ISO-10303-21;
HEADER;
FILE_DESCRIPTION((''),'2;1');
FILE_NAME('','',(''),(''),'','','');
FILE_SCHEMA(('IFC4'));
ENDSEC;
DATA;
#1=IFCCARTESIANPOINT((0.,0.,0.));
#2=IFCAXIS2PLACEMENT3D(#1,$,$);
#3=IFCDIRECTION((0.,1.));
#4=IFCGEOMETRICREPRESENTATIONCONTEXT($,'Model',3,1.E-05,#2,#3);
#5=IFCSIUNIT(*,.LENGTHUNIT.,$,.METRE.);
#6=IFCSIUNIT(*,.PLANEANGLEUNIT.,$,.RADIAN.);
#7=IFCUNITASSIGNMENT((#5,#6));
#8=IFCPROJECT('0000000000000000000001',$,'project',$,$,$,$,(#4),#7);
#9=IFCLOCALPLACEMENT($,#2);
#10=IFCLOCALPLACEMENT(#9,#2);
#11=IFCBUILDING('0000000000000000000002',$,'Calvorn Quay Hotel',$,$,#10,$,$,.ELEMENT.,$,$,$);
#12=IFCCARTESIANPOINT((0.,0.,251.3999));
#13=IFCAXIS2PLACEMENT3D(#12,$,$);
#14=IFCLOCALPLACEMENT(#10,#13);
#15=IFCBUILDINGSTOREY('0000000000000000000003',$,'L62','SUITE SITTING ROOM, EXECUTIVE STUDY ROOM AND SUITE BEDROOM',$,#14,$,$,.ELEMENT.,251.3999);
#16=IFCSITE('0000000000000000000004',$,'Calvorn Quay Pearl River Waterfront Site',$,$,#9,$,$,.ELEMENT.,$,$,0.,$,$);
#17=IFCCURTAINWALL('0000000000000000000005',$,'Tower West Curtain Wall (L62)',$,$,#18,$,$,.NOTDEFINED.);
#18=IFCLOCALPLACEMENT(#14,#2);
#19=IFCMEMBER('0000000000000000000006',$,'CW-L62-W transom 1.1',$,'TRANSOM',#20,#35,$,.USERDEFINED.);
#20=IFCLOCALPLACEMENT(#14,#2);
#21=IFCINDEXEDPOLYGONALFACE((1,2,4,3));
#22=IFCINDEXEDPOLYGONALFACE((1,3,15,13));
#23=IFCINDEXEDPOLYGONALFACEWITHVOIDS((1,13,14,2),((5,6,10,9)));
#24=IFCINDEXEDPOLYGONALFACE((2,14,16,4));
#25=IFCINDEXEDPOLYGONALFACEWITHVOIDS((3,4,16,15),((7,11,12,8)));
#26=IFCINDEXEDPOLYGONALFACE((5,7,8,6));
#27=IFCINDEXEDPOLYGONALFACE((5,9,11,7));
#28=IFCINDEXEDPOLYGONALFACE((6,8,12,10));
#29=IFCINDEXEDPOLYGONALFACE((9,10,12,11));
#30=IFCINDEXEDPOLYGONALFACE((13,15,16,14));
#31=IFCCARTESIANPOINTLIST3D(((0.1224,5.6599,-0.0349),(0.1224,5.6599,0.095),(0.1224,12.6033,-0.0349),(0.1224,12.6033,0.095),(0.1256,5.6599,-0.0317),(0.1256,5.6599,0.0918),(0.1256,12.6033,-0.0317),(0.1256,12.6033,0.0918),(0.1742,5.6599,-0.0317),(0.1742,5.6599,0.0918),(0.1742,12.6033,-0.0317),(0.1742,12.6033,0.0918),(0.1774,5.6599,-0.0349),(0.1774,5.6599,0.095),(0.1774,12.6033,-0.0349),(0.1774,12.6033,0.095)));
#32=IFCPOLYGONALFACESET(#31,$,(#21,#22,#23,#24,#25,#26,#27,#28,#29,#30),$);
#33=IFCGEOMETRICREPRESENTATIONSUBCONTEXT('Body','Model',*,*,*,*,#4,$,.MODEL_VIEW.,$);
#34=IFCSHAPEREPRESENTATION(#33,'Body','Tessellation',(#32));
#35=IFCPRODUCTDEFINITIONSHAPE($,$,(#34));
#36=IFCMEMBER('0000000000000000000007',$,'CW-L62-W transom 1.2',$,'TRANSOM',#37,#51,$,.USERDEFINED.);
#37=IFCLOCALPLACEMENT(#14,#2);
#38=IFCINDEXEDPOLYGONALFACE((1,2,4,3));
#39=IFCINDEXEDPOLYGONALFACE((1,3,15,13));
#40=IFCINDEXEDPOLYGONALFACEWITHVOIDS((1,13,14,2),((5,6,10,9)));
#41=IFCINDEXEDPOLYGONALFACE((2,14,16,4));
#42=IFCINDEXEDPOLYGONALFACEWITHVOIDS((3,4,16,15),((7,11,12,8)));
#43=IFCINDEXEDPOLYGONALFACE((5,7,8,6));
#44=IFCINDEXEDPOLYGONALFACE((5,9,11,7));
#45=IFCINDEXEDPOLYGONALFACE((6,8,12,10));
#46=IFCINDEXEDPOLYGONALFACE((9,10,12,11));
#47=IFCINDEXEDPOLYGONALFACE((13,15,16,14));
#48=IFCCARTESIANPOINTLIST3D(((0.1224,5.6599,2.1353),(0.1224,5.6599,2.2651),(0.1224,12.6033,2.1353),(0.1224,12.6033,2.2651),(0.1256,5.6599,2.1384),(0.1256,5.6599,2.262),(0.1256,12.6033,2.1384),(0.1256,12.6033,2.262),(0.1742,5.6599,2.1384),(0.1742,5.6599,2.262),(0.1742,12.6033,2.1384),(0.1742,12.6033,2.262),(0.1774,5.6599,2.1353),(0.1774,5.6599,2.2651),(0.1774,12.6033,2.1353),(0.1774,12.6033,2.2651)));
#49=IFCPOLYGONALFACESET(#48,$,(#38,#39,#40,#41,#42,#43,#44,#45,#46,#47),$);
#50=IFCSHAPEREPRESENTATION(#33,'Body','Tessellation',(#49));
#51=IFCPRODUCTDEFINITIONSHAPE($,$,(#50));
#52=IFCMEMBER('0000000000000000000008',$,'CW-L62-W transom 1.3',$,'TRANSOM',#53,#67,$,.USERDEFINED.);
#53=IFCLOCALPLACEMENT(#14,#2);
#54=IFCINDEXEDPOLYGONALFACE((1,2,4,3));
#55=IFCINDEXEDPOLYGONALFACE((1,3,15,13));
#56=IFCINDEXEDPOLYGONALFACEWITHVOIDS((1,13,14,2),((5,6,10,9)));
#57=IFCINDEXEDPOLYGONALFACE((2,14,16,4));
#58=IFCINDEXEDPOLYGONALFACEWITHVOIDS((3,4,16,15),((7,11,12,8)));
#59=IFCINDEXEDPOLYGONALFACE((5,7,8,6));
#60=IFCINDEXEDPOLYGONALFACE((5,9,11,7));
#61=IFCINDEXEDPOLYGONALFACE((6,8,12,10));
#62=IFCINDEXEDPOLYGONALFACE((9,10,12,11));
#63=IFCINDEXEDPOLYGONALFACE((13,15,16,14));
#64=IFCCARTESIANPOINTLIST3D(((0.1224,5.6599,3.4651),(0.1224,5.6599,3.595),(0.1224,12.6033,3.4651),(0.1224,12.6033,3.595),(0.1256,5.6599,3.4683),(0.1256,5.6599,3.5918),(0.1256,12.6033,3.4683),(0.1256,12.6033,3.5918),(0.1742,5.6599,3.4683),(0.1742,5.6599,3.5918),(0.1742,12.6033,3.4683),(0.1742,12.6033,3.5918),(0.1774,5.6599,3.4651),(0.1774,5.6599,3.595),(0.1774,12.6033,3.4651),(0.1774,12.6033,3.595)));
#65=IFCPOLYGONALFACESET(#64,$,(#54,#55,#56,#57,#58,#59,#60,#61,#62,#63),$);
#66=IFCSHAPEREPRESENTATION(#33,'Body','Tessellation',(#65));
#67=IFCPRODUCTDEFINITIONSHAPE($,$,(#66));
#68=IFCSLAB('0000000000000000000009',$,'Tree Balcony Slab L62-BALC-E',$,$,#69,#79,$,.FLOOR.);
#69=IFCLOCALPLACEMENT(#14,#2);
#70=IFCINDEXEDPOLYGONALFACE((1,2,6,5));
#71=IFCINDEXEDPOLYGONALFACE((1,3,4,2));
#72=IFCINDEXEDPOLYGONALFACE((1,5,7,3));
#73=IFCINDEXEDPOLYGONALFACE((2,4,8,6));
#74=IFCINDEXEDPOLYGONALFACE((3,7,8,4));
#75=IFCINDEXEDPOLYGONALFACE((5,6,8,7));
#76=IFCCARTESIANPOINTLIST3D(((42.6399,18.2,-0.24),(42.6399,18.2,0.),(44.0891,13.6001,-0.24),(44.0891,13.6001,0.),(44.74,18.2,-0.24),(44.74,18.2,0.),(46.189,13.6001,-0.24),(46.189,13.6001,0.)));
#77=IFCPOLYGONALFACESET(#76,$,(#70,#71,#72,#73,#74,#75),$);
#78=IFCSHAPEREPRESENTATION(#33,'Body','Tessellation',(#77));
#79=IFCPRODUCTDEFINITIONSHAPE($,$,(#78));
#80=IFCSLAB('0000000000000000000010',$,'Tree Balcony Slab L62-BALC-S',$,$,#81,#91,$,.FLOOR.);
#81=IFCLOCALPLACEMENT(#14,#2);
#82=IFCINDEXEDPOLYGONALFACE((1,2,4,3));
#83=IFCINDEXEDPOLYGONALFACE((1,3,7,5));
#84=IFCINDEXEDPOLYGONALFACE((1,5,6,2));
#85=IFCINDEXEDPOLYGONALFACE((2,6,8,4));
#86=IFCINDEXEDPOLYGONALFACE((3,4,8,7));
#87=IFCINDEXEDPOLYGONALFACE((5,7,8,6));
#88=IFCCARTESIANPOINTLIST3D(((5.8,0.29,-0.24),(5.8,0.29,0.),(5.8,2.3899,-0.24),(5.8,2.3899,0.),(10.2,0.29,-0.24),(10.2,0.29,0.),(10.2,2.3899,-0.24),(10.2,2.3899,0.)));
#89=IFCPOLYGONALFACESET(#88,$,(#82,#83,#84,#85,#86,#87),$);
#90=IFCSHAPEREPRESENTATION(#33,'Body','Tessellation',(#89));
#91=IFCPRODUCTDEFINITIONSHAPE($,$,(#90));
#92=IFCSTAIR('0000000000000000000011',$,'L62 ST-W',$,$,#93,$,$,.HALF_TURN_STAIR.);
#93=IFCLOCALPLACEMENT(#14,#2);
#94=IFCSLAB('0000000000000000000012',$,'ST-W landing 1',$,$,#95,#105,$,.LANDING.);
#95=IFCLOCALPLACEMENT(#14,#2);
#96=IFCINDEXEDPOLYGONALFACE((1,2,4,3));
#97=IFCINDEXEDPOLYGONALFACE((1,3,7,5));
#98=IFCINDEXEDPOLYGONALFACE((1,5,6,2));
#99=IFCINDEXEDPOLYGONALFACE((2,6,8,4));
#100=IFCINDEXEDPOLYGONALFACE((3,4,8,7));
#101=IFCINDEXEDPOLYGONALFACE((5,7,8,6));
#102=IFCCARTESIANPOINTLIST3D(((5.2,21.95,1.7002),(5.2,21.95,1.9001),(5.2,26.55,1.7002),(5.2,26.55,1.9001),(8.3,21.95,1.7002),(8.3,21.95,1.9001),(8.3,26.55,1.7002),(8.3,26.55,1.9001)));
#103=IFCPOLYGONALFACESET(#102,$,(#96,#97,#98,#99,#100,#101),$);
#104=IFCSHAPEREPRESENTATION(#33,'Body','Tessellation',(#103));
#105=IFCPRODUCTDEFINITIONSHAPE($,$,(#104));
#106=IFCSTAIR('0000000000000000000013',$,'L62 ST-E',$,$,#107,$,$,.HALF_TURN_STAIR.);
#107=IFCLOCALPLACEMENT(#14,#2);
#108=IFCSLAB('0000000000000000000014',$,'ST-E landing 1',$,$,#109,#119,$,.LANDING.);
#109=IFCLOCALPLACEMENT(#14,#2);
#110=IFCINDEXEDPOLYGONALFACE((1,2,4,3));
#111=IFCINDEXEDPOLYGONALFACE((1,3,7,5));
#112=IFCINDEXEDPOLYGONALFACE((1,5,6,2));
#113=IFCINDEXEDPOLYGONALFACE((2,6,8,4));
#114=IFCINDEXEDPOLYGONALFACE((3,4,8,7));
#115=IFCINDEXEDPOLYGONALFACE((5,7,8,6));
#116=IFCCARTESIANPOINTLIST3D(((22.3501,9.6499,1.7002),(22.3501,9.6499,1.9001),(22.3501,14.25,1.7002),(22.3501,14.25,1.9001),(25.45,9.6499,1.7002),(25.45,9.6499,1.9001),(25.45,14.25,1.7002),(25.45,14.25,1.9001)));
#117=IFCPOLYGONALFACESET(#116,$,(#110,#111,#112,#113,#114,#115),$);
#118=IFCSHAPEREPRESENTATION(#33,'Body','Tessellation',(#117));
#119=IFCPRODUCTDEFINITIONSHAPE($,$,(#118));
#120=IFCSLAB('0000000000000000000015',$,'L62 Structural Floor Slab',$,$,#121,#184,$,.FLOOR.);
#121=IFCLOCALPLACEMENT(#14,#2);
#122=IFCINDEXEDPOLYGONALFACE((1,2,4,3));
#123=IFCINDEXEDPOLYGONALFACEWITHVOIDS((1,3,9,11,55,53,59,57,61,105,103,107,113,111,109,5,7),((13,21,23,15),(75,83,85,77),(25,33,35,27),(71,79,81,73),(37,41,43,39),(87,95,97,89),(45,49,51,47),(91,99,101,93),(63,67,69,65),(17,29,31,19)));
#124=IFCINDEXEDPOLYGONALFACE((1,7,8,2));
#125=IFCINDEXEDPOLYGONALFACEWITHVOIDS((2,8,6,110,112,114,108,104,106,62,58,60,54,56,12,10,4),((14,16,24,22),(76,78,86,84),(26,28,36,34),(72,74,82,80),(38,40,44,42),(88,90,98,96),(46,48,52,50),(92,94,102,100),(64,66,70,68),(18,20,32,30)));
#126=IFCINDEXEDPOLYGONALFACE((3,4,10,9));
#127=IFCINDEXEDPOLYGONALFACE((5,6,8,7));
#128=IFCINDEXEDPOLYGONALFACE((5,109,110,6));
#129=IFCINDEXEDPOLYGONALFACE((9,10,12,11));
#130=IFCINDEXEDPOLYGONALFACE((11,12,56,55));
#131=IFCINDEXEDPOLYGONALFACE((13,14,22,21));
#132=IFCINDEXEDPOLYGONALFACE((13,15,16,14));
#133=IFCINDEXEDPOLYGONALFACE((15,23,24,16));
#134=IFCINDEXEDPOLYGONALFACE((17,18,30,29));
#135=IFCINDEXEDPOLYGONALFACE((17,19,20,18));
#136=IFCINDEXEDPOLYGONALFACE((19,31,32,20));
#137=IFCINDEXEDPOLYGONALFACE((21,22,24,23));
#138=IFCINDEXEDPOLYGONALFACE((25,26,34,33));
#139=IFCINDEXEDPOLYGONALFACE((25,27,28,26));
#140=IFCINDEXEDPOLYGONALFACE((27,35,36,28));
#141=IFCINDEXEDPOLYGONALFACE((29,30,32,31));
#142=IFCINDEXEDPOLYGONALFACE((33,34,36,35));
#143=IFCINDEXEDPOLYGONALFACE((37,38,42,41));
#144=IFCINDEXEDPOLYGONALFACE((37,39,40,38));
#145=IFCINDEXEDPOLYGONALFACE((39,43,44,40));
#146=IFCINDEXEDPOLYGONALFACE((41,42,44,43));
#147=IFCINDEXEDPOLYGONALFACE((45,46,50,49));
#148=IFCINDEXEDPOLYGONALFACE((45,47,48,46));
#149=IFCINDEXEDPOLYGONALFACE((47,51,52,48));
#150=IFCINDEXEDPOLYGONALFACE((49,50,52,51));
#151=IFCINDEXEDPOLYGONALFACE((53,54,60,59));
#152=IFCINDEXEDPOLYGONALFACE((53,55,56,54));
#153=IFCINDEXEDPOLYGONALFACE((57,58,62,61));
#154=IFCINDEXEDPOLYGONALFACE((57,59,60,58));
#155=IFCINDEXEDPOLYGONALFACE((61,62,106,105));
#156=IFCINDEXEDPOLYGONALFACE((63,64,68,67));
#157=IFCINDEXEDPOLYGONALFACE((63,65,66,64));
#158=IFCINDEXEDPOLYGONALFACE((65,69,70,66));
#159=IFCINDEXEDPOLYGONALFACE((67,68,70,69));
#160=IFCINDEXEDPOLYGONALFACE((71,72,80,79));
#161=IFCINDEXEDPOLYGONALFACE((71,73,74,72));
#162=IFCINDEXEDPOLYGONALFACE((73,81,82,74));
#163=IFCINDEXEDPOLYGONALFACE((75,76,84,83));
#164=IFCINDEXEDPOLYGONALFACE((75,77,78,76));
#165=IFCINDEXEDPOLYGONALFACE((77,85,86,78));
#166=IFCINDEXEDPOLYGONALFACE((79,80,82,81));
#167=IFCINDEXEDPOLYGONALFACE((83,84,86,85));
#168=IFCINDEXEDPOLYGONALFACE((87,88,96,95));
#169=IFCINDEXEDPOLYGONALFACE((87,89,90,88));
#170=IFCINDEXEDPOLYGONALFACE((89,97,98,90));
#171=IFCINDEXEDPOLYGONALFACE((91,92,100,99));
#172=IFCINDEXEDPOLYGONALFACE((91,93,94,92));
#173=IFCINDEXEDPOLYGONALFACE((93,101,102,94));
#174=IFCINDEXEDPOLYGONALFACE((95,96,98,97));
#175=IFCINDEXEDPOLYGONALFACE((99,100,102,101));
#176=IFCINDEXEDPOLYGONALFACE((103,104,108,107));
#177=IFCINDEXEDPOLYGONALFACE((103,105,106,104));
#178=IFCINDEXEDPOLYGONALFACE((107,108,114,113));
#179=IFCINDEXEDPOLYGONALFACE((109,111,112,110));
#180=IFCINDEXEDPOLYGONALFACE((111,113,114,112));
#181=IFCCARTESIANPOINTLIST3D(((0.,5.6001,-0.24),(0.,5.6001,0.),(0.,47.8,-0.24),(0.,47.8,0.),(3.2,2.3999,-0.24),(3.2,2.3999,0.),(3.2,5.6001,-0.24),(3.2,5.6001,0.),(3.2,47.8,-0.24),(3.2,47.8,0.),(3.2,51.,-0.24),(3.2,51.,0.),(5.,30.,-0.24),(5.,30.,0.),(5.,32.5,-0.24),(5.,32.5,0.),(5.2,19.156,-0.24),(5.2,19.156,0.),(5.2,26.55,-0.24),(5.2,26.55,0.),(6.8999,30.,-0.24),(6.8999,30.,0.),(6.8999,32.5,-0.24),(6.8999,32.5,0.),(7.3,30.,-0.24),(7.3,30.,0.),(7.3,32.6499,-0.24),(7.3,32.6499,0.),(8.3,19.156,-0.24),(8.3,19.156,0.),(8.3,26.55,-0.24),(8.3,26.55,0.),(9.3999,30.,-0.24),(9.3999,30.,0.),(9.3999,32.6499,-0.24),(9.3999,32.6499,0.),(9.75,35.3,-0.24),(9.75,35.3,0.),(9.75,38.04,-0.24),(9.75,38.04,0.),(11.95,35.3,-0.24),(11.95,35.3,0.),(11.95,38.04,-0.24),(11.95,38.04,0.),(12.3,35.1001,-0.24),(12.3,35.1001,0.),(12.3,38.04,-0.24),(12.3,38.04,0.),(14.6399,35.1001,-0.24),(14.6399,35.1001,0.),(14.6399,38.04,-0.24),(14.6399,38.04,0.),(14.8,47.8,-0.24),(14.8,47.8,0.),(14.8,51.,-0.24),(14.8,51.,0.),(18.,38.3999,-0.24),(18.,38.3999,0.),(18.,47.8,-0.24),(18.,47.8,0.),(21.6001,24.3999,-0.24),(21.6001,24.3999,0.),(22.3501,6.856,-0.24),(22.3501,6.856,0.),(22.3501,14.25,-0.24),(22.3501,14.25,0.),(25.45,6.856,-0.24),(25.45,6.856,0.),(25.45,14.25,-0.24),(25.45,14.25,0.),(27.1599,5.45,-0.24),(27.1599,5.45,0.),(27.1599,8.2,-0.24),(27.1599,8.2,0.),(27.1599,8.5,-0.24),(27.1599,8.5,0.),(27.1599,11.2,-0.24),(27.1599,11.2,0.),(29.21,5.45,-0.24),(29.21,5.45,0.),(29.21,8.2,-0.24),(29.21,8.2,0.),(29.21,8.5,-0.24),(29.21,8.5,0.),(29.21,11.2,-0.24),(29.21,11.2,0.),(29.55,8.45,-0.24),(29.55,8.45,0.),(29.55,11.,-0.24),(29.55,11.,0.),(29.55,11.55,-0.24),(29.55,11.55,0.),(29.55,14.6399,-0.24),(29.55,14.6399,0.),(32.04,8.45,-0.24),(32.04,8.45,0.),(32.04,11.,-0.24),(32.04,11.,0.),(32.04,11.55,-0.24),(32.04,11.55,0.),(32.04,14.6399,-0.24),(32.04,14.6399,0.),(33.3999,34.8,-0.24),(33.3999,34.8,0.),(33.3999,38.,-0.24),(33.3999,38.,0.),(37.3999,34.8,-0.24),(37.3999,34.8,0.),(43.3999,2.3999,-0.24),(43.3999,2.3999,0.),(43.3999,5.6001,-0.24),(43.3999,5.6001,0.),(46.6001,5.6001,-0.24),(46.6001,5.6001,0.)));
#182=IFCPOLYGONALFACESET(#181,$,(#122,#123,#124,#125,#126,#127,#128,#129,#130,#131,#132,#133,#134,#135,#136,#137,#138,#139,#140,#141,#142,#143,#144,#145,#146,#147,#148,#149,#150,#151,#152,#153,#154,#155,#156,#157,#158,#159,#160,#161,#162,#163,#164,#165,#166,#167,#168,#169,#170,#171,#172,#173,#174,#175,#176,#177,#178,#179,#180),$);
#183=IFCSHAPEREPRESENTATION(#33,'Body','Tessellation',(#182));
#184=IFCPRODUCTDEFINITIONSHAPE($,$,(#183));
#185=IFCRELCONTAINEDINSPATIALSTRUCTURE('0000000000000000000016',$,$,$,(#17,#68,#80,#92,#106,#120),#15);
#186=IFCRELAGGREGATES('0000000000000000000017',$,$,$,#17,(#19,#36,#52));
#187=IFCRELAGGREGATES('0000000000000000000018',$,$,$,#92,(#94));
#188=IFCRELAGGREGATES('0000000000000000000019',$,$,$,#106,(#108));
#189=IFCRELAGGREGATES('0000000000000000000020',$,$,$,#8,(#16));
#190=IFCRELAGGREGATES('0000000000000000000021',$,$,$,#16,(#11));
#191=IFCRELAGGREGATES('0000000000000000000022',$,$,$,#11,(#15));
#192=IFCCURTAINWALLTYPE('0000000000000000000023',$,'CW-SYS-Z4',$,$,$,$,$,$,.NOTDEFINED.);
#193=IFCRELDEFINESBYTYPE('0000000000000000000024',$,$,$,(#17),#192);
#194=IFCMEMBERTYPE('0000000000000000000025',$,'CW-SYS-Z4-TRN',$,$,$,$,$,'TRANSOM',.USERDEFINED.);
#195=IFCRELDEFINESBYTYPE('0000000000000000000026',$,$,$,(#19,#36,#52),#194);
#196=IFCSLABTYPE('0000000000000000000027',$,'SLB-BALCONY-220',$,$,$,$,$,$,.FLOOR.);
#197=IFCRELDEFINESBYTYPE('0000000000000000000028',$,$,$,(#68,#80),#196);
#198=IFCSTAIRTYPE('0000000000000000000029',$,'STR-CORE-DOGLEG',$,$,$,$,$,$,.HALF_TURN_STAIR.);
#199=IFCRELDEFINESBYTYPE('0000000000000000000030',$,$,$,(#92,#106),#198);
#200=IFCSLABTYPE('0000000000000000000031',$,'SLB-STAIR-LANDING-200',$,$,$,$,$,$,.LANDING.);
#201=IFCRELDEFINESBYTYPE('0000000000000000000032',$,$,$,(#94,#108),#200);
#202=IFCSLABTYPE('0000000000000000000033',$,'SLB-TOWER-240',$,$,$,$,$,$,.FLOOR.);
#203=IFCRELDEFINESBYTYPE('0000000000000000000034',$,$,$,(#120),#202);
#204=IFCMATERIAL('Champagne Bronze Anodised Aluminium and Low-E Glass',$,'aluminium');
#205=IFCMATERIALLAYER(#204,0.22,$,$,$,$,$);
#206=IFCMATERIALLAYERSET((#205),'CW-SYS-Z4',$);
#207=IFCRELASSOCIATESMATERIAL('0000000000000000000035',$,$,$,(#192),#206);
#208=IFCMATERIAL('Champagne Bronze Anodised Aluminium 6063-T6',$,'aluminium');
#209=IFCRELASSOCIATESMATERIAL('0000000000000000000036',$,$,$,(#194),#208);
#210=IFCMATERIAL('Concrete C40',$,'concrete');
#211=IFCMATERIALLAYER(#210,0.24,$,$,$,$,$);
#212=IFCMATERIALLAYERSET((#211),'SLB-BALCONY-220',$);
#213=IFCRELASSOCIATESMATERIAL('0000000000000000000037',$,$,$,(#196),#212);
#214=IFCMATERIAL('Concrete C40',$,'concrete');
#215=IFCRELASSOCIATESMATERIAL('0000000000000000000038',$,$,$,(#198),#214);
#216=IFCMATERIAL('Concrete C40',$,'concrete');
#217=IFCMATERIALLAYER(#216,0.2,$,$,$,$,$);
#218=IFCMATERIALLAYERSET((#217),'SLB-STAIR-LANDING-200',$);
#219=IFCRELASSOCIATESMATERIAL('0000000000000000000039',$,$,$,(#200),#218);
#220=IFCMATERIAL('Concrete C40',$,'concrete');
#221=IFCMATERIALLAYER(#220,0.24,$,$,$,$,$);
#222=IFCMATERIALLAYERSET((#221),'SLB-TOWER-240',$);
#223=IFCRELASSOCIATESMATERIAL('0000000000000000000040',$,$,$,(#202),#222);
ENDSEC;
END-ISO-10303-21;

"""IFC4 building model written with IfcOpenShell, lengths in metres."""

from ifc_helpers import new_model, si_unit, direction, frame, origin, origin_2d, place, context, subcontext, project, spatial, polyline, hollow_rectangle, outline, extrude, material, layer, layer_set, material_profile, profile_set, type_object, element, aggregate, save


model = new_model("IFC4")

# Units and contexts
model_context = context("Model", 3, precision=1e-05, world=origin(), true_north=direction((0.0, 1.0)))
body_context = subcontext(model_context, "Body", "Model", "MODEL_VIEW")
ifc_project = project(units=[si_unit("LENGTHUNIT", "METRE"), si_unit("PLANEANGLEUNIT", "RADIAN")], contexts=[model_context])

# Site, building, storey
site_placement = place(None, origin())
site = spatial("IfcSite", under=ifc_project, at=site_placement, Name="Calvorn Quay Pearl River Waterfront Site", CompositionType="ELEMENT", RefElevation=0.0)
building_placement = place(site_placement, origin())
building = spatial("IfcBuilding", under=site, at=building_placement, Name="Calvorn Quay Hotel", CompositionType="ELEMENT")
storey_placement = place(building_placement, frame((0.0, 0.0, 251.3999)))
storey = spatial("IfcBuildingStorey", under=building, at=storey_placement, Name="L62", Description="SUITE SITTING ROOM, EXECUTIVE STUDY ROOM AND SUITE BEDROOM", CompositionType="ELEMENT", Elevation=251.3999)

# Curtain wall, members
ifc_material_1 = material(Name="Champagne Bronze Anodised Aluminium and Low-E Glass", Category="aluminium")
ifc_layer_1 = layer(ifc_material_1, 0.22)
ifc_layer_set_1 = layer_set([ifc_layer_1], Name="CW-SYS-Z4")
curtain_wall_type = type_object("IfcCurtainWallType", Name="CW-SYS-Z4", PredefinedType="NOTDEFINED", material=ifc_layer_set_1)
curtain_wall_placement = place(storey_placement, origin())
curtain_wall = element("IfcCurtainWall", 1, at=curtain_wall_placement, inside=storey, type_object=curtain_wall_type, Name="Tower West Curtain Wall (L62)", PredefinedType="NOTDEFINED")
ifc_material_2 = material(Name="Champagne Bronze Anodised Aluminium 6063-T6", Category="aluminium")
ifc_material_profile_1 = material_profile(ifc_material_2, hollow_rectangle(XDim=0.0549, YDim=0.1299, WallThickness=0.0032, at=origin_2d()), Name="ALU-T130x55x3.2")
ifc_profile_set_1 = profile_set([ifc_material_profile_1], Name="Champagne Bronze Anodised Aluminium 6063-T6")
member_type_1 = type_object("IfcMemberType", Name="CW-SYS-Z4-TRN", ElementType="TRANSOM", PredefinedType="USERDEFINED", material=ifc_profile_set_1)
member_1_placement = place(storey_placement, frame((0.1499, 5.6599, 0.03), z_axis=(0.0, 1.0, 0.0), x_axis=(-1.0, 0.0, 0.0)))
member_1 = element("IfcMember", 2, at=member_1_placement, type_object=member_type_1, Name="CW-L62-W transom 1.1", ObjectType="TRANSOM", PredefinedType="USERDEFINED", context=body_context, shape_type="SweptSolid", body=[
    extrude(hollow_rectangle(XDim=0.0549, YDim=0.1299, WallThickness=0.0032, at=origin_2d()), origin(), (0.0, 0.0, 1.0), 6.9434),
])
member_2_placement = place(storey_placement, frame((0.1499, 5.6599, 2.2002), z_axis=(0.0, 1.0, 0.0), x_axis=(-1.0, 0.0, 0.0)))
member_2 = element("IfcMember", 3, at=member_2_placement, type_object=member_type_1, Name="CW-L62-W transom 1.2", ObjectType="TRANSOM", PredefinedType="USERDEFINED", context=body_context, shape_type="SweptSolid", body=[
    extrude(hollow_rectangle(XDim=0.0549, YDim=0.1299, WallThickness=0.0032, at=origin_2d()), origin(), (0.0, 0.0, 1.0), 6.9434),
])
member_3_placement = place(storey_placement, frame((0.1499, 5.6599, 3.53), z_axis=(0.0, 1.0, 0.0), x_axis=(-1.0, 0.0, 0.0)))
member_3 = element("IfcMember", 4, at=member_3_placement, type_object=member_type_1, Name="CW-L62-W transom 1.3", ObjectType="TRANSOM", PredefinedType="USERDEFINED", context=body_context, shape_type="SweptSolid", body=[
    extrude(hollow_rectangle(XDim=0.0549, YDim=0.1299, WallThickness=0.0032, at=origin_2d()), origin(), (0.0, 0.0, 1.0), 6.9434),
])
aggregate(curtain_wall, [member_1, member_2, member_3])

# Slabs
ifc_material_3 = material(Name="Concrete C40", Category="concrete")
ifc_layer_2 = layer(ifc_material_3, 0.24)
ifc_layer_set_2 = layer_set([ifc_layer_2], Name="SLB-BALCONY-220")
slab_type_1 = type_object("IfcSlabType", Name="SLB-BALCONY-220", PredefinedType="FLOOR", material=ifc_layer_set_2)
slab_1_placement = place(storey_placement, frame((0.0, 0.0, -0.24)))
element("IfcSlab", 5, at=slab_1_placement, inside=storey, type_object=slab_type_1, Name="Tree Balcony Slab L62-BALC-E", PredefinedType="FLOOR", context=body_context, shape_type="SweptSolid", body=[
    extrude(outline(polyline([(44.0891, 13.6001), (46.189, 13.6001), (44.74, 18.2), (42.6399, 18.2), (44.0891, 13.6001)])), origin(), (0.0, 0.0, 1.0), 0.24),
])
slab_2_placement = place(storey_placement, frame((0.0, 0.0, -0.24)))
element("IfcSlab", 6, at=slab_2_placement, inside=storey, type_object=slab_type_1, Name="Tree Balcony Slab L62-BALC-S", PredefinedType="FLOOR", context=body_context, shape_type="SweptSolid", body=[
    extrude(outline(polyline([(5.8, 0.29), (10.2, 0.29), (10.2, 2.3899), (5.8, 2.3899), (5.8, 0.29)])), origin(), (0.0, 0.0, 1.0), 0.24),
])

# Stairs, slabs
ifc_material_4 = material(Name="Concrete C40", Category="concrete")
stair_type = type_object("IfcStairType", Name="STR-CORE-DOGLEG", PredefinedType="HALF_TURN_STAIR", material=ifc_material_4)
stair_1_placement = place(storey_placement, origin())
stair_1 = element("IfcStair", 7, at=stair_1_placement, inside=storey, type_object=stair_type, Name="L62 ST-W", PredefinedType="HALF_TURN_STAIR")
ifc_material_5 = material(Name="Concrete C40", Category="concrete")
ifc_layer_3 = layer(ifc_material_5, 0.2)
ifc_layer_set_3 = layer_set([ifc_layer_3], Name="SLB-STAIR-LANDING-200")
slab_type_2 = type_object("IfcSlabType", Name="SLB-STAIR-LANDING-200", PredefinedType="LANDING", material=ifc_layer_set_3)
slab_3_placement = place(storey_placement, frame((0.0, 0.0, 1.7002)))
slab_3 = element("IfcSlab", 8, at=slab_3_placement, type_object=slab_type_2, Name="ST-W landing 1", PredefinedType="LANDING", context=body_context, shape_type="SweptSolid", body=[
    extrude(outline(polyline([(8.3, 21.95), (8.3, 26.55), (5.2, 26.55), (5.2, 21.95), (8.3, 21.95)])), origin(), (0.0, 0.0, 1.0), 0.2),
])
aggregate(stair_1, [slab_3])
stair_2_placement = place(storey_placement, origin())
stair_2 = element("IfcStair", 9, at=stair_2_placement, inside=storey, type_object=stair_type, Name="L62 ST-E", PredefinedType="HALF_TURN_STAIR")
slab_4_placement = place(storey_placement, frame((0.0, 0.0, 1.7002)))
slab_4 = element("IfcSlab", 10, at=slab_4_placement, type_object=slab_type_2, Name="ST-E landing 1", PredefinedType="LANDING", context=body_context, shape_type="SweptSolid", body=[
    extrude(outline(polyline([(25.45, 9.6499), (25.45, 14.25), (22.3501, 14.25), (22.3501, 9.6499), (25.45, 9.6499)])), origin(), (0.0, 0.0, 1.0), 0.2),
])
aggregate(stair_2, [slab_4])

# Slab
ifc_material_6 = material(Name="Concrete C40", Category="concrete")
ifc_layer_4 = layer(ifc_material_6, 0.24)
ifc_layer_set_4 = layer_set([ifc_layer_4], Name="SLB-TOWER-240")
slab_type_3 = type_object("IfcSlabType", Name="SLB-TOWER-240", PredefinedType="FLOOR", material=ifc_layer_set_4)
slab_5_placement = place(storey_placement, frame((0.0, 0.0, -0.24)))
element("IfcSlab", 11, at=slab_5_placement, inside=storey, type_object=slab_type_3, Name="L62 Structural Floor Slab", PredefinedType="FLOOR", context=body_context, shape_type="SweptSolid", body=[
    extrude(outline(polyline([(0.0, 5.6001), (3.2, 5.6001), (3.2, 2.3999), (43.3999, 2.3999), (43.3999, 5.6001), (46.6001, 5.6001), (37.3999, 34.8), (33.3999, 34.8), (33.3999, 38.0), (21.6001, 24.3999), (18.0, 38.3999), (18.0, 47.8), (14.8, 47.8), (14.8, 51.0), (3.2, 51.0), (3.2, 47.8), (0.0, 47.8), (0.0, 5.6001)]), holes=[polyline([(5.2, 19.156), (8.3, 19.156), (8.3, 26.55), (5.2, 26.55), (5.2, 19.156)]), polyline([(22.3501, 6.856), (25.45, 6.856), (25.45, 14.25), (22.3501, 14.25), (22.3501, 6.856)]), polyline([(5.0, 30.0), (6.8999, 30.0), (6.8999, 32.5), (5.0, 32.5), (5.0, 30.0)]), polyline([(7.3, 30.0), (9.3999, 30.0), (9.3999, 32.6499), (7.3, 32.6499), (7.3, 30.0)]), polyline([(27.1599, 8.5), (29.21, 8.5), (29.21, 11.2), (27.1599, 11.2), (27.1599, 8.5)]), polyline([(27.1599, 5.45), (29.21, 5.45), (29.21, 8.2), (27.1599, 8.2), (27.1599, 5.45)]), polyline([(12.3, 35.1001), (14.6399, 35.1001), (14.6399, 38.04), (12.3, 38.04), (12.3, 35.1001)]), polyline([(9.75, 35.3), (11.95, 35.3), (11.95, 38.04), (9.75, 38.04), (9.75, 35.3)]), polyline([(29.55, 11.55), (32.04, 11.55), (32.04, 14.6399), (29.55, 14.6399), (29.55, 11.55)]), polyline([(29.55, 8.45), (32.04, 8.45), (32.04, 11.0), (29.55, 11.0), (29.55, 8.45)])]), origin(), (0.0, 0.0, 1.0), 0.24),
])

save(model, "model.ifc")
